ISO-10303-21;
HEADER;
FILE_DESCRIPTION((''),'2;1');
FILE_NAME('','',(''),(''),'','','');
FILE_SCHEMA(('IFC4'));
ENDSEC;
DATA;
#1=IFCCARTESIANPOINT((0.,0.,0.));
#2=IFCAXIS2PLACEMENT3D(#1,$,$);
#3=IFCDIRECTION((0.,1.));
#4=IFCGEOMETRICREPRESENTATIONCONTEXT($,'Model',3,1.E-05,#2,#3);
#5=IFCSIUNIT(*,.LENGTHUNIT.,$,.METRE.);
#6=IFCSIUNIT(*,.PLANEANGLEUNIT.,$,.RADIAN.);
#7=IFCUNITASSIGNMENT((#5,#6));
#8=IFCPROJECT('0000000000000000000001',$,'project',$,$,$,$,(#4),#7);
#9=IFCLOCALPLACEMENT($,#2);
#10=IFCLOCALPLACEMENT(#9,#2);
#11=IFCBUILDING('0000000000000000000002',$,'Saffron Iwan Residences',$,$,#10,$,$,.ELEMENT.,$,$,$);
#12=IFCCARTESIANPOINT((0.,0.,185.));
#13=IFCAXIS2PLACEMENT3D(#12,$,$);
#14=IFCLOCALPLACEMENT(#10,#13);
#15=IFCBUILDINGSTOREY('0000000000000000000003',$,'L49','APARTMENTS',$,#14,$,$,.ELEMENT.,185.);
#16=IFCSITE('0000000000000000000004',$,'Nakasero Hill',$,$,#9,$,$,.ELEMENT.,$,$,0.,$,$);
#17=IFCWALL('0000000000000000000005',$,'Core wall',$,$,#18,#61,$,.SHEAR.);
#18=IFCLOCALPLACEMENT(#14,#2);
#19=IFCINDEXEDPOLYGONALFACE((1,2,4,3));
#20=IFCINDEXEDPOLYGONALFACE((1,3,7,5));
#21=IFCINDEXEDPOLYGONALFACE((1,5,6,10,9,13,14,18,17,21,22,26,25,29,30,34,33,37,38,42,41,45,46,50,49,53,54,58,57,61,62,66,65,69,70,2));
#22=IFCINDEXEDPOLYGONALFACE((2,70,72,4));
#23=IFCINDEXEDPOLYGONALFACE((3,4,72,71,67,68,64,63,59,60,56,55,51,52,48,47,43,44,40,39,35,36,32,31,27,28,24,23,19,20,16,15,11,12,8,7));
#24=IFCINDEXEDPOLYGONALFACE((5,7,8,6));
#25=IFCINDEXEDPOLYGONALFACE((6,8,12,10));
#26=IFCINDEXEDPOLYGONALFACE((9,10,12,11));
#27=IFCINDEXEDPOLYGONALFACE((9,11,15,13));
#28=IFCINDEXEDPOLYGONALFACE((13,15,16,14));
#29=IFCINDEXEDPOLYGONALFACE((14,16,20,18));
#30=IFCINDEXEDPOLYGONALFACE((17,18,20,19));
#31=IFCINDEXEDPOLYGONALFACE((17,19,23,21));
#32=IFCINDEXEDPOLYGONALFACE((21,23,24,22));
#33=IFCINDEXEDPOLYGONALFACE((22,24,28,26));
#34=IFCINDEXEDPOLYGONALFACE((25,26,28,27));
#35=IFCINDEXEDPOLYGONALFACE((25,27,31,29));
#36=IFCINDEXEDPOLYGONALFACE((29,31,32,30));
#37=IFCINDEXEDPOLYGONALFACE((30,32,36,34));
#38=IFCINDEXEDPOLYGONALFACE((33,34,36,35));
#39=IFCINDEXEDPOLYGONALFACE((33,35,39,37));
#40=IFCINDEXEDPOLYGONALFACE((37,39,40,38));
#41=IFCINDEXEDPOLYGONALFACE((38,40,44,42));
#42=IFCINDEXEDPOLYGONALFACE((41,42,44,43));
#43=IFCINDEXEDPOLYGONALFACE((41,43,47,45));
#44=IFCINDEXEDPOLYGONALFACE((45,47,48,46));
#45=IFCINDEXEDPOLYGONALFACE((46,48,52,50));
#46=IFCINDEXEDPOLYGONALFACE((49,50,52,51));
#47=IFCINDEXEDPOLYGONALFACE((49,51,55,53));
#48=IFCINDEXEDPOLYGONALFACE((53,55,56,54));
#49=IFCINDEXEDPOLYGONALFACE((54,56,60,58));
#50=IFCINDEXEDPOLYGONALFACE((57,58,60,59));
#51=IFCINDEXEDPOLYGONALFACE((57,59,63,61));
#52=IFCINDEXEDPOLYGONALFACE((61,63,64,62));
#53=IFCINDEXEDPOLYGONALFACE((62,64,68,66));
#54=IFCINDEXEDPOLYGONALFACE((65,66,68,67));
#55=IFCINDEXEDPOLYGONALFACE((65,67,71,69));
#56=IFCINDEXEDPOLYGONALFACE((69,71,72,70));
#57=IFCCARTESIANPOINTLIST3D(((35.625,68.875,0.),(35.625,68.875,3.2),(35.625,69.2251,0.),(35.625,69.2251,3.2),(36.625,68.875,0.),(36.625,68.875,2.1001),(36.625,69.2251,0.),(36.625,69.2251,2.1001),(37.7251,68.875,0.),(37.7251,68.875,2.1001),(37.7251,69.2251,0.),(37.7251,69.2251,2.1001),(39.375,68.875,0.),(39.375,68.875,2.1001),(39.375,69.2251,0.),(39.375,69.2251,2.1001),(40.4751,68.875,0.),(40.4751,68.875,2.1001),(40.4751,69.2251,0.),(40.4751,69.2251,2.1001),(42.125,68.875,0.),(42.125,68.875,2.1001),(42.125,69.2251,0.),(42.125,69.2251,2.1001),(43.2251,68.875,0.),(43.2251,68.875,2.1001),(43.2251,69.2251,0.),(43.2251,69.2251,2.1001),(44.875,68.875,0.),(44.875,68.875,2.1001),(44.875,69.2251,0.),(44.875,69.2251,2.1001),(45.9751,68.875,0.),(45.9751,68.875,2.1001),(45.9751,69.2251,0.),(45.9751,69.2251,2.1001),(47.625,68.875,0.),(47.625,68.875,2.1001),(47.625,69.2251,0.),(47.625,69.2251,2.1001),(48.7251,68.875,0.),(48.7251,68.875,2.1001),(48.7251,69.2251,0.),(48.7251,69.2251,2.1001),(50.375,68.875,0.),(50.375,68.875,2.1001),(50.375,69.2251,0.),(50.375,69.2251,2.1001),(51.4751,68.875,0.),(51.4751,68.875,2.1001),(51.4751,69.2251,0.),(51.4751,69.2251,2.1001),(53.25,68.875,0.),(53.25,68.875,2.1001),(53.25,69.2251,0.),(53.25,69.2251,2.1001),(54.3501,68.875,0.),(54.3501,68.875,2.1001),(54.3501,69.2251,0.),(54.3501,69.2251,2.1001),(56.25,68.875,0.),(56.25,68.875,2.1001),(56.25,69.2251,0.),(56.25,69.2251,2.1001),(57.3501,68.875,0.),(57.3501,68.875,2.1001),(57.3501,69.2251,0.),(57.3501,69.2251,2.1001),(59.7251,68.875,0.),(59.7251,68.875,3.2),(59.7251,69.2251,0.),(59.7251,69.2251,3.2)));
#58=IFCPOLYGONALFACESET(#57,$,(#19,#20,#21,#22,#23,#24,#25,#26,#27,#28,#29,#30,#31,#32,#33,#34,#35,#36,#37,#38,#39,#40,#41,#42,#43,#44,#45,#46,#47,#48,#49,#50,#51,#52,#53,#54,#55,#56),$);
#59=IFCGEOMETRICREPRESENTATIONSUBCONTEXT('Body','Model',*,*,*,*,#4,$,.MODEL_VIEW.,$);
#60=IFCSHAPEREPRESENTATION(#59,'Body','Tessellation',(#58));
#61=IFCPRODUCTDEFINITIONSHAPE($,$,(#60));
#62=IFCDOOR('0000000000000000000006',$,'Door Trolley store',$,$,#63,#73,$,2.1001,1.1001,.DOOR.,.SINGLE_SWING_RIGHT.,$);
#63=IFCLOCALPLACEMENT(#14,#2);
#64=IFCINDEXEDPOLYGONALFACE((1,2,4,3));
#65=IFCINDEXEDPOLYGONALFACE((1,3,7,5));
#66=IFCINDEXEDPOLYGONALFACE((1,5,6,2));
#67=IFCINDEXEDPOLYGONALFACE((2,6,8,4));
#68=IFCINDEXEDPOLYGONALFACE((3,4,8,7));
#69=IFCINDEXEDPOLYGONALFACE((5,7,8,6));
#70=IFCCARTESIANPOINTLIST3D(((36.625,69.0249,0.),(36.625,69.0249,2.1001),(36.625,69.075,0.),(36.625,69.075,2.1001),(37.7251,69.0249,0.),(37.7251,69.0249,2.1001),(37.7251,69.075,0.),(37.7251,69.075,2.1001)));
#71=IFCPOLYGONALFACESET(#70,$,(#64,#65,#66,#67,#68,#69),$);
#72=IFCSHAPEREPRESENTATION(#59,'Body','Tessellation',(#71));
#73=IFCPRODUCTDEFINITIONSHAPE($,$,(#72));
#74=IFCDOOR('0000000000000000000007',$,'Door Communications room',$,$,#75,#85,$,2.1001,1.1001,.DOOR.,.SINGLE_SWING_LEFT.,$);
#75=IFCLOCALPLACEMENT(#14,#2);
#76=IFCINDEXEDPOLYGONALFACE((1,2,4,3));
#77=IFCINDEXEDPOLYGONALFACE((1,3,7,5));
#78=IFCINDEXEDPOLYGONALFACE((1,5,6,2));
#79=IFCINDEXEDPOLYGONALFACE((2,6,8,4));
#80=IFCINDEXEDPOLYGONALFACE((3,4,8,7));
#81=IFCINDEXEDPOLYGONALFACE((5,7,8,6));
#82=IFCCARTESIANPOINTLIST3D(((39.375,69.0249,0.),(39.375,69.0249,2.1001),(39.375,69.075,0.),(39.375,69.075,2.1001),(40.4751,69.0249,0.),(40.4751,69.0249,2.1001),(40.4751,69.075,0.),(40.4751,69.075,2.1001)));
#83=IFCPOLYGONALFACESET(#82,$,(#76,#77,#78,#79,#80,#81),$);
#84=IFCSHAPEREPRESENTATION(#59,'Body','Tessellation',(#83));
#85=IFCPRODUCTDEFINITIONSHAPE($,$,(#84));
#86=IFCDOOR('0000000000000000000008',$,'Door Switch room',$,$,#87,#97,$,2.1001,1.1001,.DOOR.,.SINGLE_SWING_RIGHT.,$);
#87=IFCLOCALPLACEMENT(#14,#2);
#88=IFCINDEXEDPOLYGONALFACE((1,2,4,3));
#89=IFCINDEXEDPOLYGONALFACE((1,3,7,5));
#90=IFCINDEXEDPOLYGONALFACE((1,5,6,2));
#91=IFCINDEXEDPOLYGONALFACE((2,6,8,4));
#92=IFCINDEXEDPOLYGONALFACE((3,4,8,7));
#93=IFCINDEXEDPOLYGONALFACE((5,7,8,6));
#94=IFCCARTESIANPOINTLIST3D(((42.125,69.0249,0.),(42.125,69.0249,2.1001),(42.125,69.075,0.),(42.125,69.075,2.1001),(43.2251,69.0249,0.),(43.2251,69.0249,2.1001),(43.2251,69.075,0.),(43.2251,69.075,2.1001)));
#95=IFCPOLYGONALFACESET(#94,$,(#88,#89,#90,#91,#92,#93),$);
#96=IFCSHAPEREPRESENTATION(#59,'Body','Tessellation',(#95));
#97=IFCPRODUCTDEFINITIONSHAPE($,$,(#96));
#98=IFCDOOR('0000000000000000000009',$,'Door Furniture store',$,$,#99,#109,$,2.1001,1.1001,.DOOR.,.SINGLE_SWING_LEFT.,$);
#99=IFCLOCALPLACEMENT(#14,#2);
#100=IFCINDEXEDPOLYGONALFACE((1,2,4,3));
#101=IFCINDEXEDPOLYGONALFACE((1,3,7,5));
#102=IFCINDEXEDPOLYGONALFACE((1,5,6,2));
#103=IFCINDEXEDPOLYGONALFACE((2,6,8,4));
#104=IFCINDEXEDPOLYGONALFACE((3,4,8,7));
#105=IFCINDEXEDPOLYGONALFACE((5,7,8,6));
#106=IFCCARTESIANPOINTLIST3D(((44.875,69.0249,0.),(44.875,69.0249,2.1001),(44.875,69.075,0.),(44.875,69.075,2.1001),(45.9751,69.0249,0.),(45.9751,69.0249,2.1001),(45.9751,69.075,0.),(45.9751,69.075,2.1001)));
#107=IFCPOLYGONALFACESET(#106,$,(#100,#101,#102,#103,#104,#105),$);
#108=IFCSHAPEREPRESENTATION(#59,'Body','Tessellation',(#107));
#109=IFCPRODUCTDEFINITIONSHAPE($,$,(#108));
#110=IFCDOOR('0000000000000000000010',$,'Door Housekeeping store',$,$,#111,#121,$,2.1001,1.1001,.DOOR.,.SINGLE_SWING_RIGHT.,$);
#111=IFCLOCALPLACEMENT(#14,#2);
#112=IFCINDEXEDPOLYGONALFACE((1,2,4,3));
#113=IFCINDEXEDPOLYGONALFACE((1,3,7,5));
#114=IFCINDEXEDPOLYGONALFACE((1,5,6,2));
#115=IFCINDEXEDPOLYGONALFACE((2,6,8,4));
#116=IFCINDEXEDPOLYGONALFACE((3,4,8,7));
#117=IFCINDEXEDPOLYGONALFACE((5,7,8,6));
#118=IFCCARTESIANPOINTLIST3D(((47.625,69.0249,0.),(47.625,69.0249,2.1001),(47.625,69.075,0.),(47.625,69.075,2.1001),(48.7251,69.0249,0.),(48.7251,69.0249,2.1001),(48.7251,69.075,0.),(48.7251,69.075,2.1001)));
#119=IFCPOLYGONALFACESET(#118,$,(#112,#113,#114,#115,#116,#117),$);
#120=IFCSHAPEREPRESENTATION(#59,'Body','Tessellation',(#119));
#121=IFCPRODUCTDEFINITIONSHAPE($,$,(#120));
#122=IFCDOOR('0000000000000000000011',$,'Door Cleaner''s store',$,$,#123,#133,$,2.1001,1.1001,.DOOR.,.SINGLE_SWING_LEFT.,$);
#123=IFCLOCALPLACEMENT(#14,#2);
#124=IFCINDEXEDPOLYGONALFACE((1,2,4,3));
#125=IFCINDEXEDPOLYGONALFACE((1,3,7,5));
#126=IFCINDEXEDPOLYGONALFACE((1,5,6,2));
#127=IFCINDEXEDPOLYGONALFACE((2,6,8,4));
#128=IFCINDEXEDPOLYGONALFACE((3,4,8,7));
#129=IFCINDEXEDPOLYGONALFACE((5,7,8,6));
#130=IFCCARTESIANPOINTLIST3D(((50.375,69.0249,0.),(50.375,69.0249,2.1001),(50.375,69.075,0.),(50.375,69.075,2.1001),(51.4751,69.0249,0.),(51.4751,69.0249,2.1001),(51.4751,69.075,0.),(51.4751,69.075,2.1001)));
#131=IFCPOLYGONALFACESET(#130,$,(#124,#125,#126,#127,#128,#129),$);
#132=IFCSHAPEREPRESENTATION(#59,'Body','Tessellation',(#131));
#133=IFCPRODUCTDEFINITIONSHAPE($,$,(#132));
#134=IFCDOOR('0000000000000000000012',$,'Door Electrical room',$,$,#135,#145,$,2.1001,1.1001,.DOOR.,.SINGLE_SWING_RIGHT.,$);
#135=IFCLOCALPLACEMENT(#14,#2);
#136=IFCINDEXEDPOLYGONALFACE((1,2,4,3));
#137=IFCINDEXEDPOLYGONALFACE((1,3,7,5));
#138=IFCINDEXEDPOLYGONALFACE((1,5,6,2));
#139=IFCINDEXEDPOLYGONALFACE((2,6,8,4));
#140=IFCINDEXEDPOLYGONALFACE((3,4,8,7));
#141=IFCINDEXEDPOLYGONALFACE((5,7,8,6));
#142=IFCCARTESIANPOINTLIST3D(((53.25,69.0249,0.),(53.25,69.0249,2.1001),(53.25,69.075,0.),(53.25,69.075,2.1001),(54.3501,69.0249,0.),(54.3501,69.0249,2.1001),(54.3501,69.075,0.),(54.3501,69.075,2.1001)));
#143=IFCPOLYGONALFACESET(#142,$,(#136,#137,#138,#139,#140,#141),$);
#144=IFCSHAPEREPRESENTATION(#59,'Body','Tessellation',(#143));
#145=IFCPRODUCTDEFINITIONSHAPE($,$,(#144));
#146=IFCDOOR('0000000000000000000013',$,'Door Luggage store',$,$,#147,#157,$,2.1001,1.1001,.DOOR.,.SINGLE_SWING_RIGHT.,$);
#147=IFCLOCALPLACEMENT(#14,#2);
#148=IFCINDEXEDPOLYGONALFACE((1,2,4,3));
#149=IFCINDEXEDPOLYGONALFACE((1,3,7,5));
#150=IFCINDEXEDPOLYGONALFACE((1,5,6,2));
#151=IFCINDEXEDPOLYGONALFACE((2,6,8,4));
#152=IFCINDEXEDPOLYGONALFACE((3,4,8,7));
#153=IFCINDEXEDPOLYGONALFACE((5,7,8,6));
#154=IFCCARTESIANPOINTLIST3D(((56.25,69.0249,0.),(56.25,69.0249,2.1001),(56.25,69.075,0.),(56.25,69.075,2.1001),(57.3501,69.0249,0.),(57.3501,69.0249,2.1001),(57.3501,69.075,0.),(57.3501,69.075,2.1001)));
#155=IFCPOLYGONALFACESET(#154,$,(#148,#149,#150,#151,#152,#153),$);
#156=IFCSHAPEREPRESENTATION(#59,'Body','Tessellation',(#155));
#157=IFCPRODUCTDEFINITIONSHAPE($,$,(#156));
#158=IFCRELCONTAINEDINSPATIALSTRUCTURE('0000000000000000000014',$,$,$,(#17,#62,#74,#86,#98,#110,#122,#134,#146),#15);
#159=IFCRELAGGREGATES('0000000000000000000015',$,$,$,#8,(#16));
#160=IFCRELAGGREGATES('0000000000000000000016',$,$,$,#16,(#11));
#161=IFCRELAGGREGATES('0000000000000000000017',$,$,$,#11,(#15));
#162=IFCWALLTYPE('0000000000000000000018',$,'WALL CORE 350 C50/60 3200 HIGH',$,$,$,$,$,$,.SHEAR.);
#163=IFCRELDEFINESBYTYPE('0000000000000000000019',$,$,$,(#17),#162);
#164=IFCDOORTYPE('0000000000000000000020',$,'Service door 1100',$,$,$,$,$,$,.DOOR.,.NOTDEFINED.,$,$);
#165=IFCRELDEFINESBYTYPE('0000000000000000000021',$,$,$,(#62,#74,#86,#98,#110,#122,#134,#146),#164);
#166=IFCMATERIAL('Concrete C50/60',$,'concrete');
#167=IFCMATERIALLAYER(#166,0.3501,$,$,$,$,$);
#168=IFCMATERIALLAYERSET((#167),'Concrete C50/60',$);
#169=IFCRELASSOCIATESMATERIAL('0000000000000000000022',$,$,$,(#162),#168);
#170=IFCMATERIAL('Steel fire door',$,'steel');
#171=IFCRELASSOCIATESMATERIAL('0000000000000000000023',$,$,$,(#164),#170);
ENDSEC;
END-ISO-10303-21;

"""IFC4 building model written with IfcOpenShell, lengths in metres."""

from ifc_helpers import new_model, si_unit, direction, frame, frame_2d, origin, place, context, subcontext, project, spatial, rectangle, extrude, material, layer, layer_set, type_object, element, fill, save


model = new_model("IFC4")

# Units and contexts
model_context = context("Model", 3, precision=1e-05, world=origin(), true_north=direction((0.0, 1.0)))
body_context = subcontext(model_context, "Body", "Model", "MODEL_VIEW")
ifc_project = project(units=[si_unit("LENGTHUNIT", "METRE"), si_unit("PLANEANGLEUNIT", "RADIAN")], contexts=[model_context])

# Site, building, storey
site_placement = place(None, origin())
site = spatial("IfcSite", under=ifc_project, at=site_placement, Name="Nakasero Hill", CompositionType="ELEMENT", RefElevation=0.0)
building_placement = place(site_placement, origin())
building = spatial("IfcBuilding", under=site, at=building_placement, Name="Saffron Iwan Residences", CompositionType="ELEMENT")
storey_placement = place(building_placement, frame((0.0, 0.0, 185.0)))
storey = spatial("IfcBuildingStorey", under=building, at=storey_placement, Name="L49", Description="APARTMENTS", CompositionType="ELEMENT", Elevation=185.0)

# Shared definitions
ifc_material_1 = material(Name="Concrete C50/60", Category="concrete")

# Shared definitions
ifc_material_2 = material(Name="Steel fire door", Category="steel")

# Wall, openings, doors
ifc_layer_1 = layer(ifc_material_1, 0.3501)
ifc_layer_set_1 = layer_set([ifc_layer_1], Name="Concrete C50/60")
wall_type_1 = type_object("IfcWallType", Name="WALL CORE 350 C50/60 3200 HIGH", PredefinedType="SHEAR", material=ifc_layer_set_1)
wall_1_placement = place(storey_placement, frame((35.625, 69.05, 0.0), z_axis=(0.0, 0.0, 1.0), x_axis=(1.0, 0.0, 0.0)))
wall_1 = element("IfcWall", 1, at=wall_1_placement, inside=storey, type_object=wall_type_1, Name="Core wall", PredefinedType="SHEAR", context=body_context, shape_type="SweptSolid", body=[
    extrude(rectangle(XDim=24.1001, YDim=0.3501, at=frame_2d((12.05, 0.0))), origin(), (0.0, 0.0, 1.0), 3.2),
])
opening_1_placement = place(wall_1_placement, frame((1.0, 0.0, 0.0)))
opening_1 = element("IfcOpeningElement", 2, at=opening_1_placement, cuts=wall_1, PredefinedType="OPENING", context=body_context, shape_type="SweptSolid", body=[
    extrude(rectangle(XDim=1.1001, YDim=2.1001, at=frame_2d((0.55, 1.05))), frame((0.0, 0.1851, 0.0), z_axis=(0.0, -1.0, 0.0), x_axis=(1.0, 0.0, 0.0)), (0.0, 0.0, 1.0), 0.3701),
])
opening_2_placement = place(wall_1_placement, frame((3.75, 0.0, 0.0)))
opening_2 = element("IfcOpeningElement", 3, at=opening_2_placement, cuts=wall_1, PredefinedType="OPENING", context=body_context, shape_type="SweptSolid", body=[
    extrude(rectangle(XDim=1.1001, YDim=2.1001, at=frame_2d((0.55, 1.05))), frame((0.0, 0.1851, 0.0), z_axis=(0.0, -1.0, 0.0), x_axis=(1.0, 0.0, 0.0)), (0.0, 0.0, 1.0), 0.3701),
])
opening_3_placement = place(wall_1_placement, frame((6.5, 0.0, 0.0)))
opening_3 = element("IfcOpeningElement", 4, at=opening_3_placement, cuts=wall_1, PredefinedType="OPENING", context=body_context, shape_type="SweptSolid", body=[
    extrude(rectangle(XDim=1.1001, YDim=2.1001, at=frame_2d((0.55, 1.05))), frame((0.0, 0.1851, 0.0), z_axis=(0.0, -1.0, 0.0), x_axis=(1.0, 0.0, 0.0)), (0.0, 0.0, 1.0), 0.3701),
])
opening_4_placement = place(wall_1_placement, frame((9.25, 0.0, 0.0)))
opening_4 = element("IfcOpeningElement", 5, at=opening_4_placement, cuts=wall_1, PredefinedType="OPENING", context=body_context, shape_type="SweptSolid", body=[
    extrude(rectangle(XDim=1.1001, YDim=2.1001, at=frame_2d((0.55, 1.05))), frame((0.0, 0.1851, 0.0), z_axis=(0.0, -1.0, 0.0), x_axis=(1.0, 0.0, 0.0)), (0.0, 0.0, 1.0), 0.3701),
])
opening_5_placement = place(wall_1_placement, frame((12.0, 0.0, 0.0)))
opening_5 = element("IfcOpeningElement", 6, at=opening_5_placement, cuts=wall_1, PredefinedType="OPENING", context=body_context, shape_type="SweptSolid", body=[
    extrude(rectangle(XDim=1.1001, YDim=2.1001, at=frame_2d((0.55, 1.05))), frame((0.0, 0.1851, 0.0), z_axis=(0.0, -1.0, 0.0), x_axis=(1.0, 0.0, 0.0)), (0.0, 0.0, 1.0), 0.3701),
])
opening_6_placement = place(wall_1_placement, frame((14.75, 0.0, 0.0)))
opening_6 = element("IfcOpeningElement", 7, at=opening_6_placement, cuts=wall_1, PredefinedType="OPENING", context=body_context, shape_type="SweptSolid", body=[
    extrude(rectangle(XDim=1.1001, YDim=2.1001, at=frame_2d((0.55, 1.05))), frame((0.0, 0.1851, 0.0), z_axis=(0.0, -1.0, 0.0), x_axis=(1.0, 0.0, 0.0)), (0.0, 0.0, 1.0), 0.3701),
])
opening_7_placement = place(wall_1_placement, frame((17.625, 0.0, 0.0)))
opening_7 = element("IfcOpeningElement", 8, at=opening_7_placement, cuts=wall_1, PredefinedType="OPENING", context=body_context, shape_type="SweptSolid", body=[
    extrude(rectangle(XDim=1.1001, YDim=2.1001, at=frame_2d((0.55, 1.05))), frame((0.0, 0.1851, 0.0), z_axis=(0.0, -1.0, 0.0), x_axis=(1.0, 0.0, 0.0)), (0.0, 0.0, 1.0), 0.3701),
])
opening_8_placement = place(wall_1_placement, frame((20.625, 0.0, 0.0)))
opening_8 = element("IfcOpeningElement", 9, at=opening_8_placement, cuts=wall_1, PredefinedType="OPENING", context=body_context, shape_type="SweptSolid", body=[
    extrude(rectangle(XDim=1.1001, YDim=2.1001, at=frame_2d((0.55, 1.05))), frame((0.0, 0.1851, 0.0), z_axis=(0.0, -1.0, 0.0), x_axis=(1.0, 0.0, 0.0)), (0.0, 0.0, 1.0), 0.3701),
])
door_type_1 = type_object("IfcDoorType", Name="Service door 1100", OperationType="NOTDEFINED", PredefinedType="DOOR", material=ifc_material_2)
door_1_placement = place(opening_1_placement, origin())
door_1 = element("IfcDoor", 10, at=door_1_placement, inside=storey, type_object=door_type_1, Name="Door Trolley store", OperationType="SINGLE_SWING_RIGHT", OverallHeight=2.1001, OverallWidth=1.1001, PredefinedType="DOOR", context=body_context, shape_type="SweptSolid", body=[
    extrude(rectangle(XDim=1.1001, YDim=2.1001, at=frame_2d((0.55, 1.05))), frame((0.0, 0.0249, 0.0), z_axis=(0.0, -1.0, 0.0), x_axis=(1.0, 0.0, 0.0)), (0.0, 0.0, 1.0), 0.05),
])
fill(opening_1, door_1)
door_2_placement = place(opening_2_placement, origin())
door_2 = element("IfcDoor", 11, at=door_2_placement, inside=storey, type_object=door_type_1, Name="Door Communications room", OperationType="SINGLE_SWING_LEFT", OverallHeight=2.1001, OverallWidth=1.1001, PredefinedType="DOOR", context=body_context, shape_type="SweptSolid", body=[
    extrude(rectangle(XDim=1.1001, YDim=2.1001, at=frame_2d((0.55, 1.05))), frame((0.0, 0.0249, 0.0), z_axis=(0.0, -1.0, 0.0), x_axis=(1.0, 0.0, 0.0)), (0.0, 0.0, 1.0), 0.05),
])
fill(opening_2, door_2)
door_3_placement = place(opening_3_placement, origin())
door_3 = element("IfcDoor", 12, at=door_3_placement, inside=storey, type_object=door_type_1, Name="Door Switch room", OperationType="SINGLE_SWING_RIGHT", OverallHeight=2.1001, OverallWidth=1.1001, PredefinedType="DOOR", context=body_context, shape_type="SweptSolid", body=[
    extrude(rectangle(XDim=1.1001, YDim=2.1001, at=frame_2d((0.55, 1.05))), frame((0.0, 0.0249, 0.0), z_axis=(0.0, -1.0, 0.0), x_axis=(1.0, 0.0, 0.0)), (0.0, 0.0, 1.0), 0.05),
])
fill(opening_3, door_3)
door_4_placement = place(opening_4_placement, origin())
door_4 = element("IfcDoor", 13, at=door_4_placement, inside=storey, type_object=door_type_1, Name="Door Furniture store", OperationType="SINGLE_SWING_LEFT", OverallHeight=2.1001, OverallWidth=1.1001, PredefinedType="DOOR", context=body_context, shape_type="SweptSolid", body=[
    extrude(rectangle(XDim=1.1001, YDim=2.1001, at=frame_2d((0.55, 1.05))), frame((0.0, 0.0249, 0.0), z_axis=(0.0, -1.0, 0.0), x_axis=(1.0, 0.0, 0.0)), (0.0, 0.0, 1.0), 0.05),
])
fill(opening_4, door_4)
door_5_placement = place(opening_5_placement, origin())
door_5 = element("IfcDoor", 14, at=door_5_placement, inside=storey, type_object=door_type_1, Name="Door Housekeeping store", OperationType="SINGLE_SWING_RIGHT", OverallHeight=2.1001, OverallWidth=1.1001, PredefinedType="DOOR", context=body_context, shape_type="SweptSolid", body=[
    extrude(rectangle(XDim=1.1001, YDim=2.1001, at=frame_2d((0.55, 1.05))), frame((0.0, 0.0249, 0.0), z_axis=(0.0, -1.0, 0.0), x_axis=(1.0, 0.0, 0.0)), (0.0, 0.0, 1.0), 0.05),
])
fill(opening_5, door_5)
door_6_placement = place(opening_6_placement, origin())
door_6 = element("IfcDoor", 15, at=door_6_placement, inside=storey, type_object=door_type_1, Name="Door Cleaner's store", OperationType="SINGLE_SWING_LEFT", OverallHeight=2.1001, OverallWidth=1.1001, PredefinedType="DOOR", context=body_context, shape_type="SweptSolid", body=[
    extrude(rectangle(XDim=1.1001, YDim=2.1001, at=frame_2d((0.55, 1.05))), frame((0.0, 0.0249, 0.0), z_axis=(0.0, -1.0, 0.0), x_axis=(1.0, 0.0, 0.0)), (0.0, 0.0, 1.0), 0.05),
])
fill(opening_6, door_6)
door_7_placement = place(opening_7_placement, origin())
door_7 = element("IfcDoor", 16, at=door_7_placement, inside=storey, type_object=door_type_1, Name="Door Electrical room", OperationType="SINGLE_SWING_RIGHT", OverallHeight=2.1001, OverallWidth=1.1001, PredefinedType="DOOR", context=body_context, shape_type="SweptSolid", body=[
    extrude(rectangle(XDim=1.1001, YDim=2.1001, at=frame_2d((0.55, 1.05))), frame((0.0, 0.0249, 0.0), z_axis=(0.0, -1.0, 0.0), x_axis=(1.0, 0.0, 0.0)), (0.0, 0.0, 1.0), 0.05),
])
fill(opening_7, door_7)
door_8_placement = place(opening_8_placement, origin())
door_8 = element("IfcDoor", 17, at=door_8_placement, inside=storey, type_object=door_type_1, Name="Door Luggage store", OperationType="SINGLE_SWING_RIGHT", OverallHeight=2.1001, OverallWidth=1.1001, PredefinedType="DOOR", context=body_context, shape_type="SweptSolid", body=[
    extrude(rectangle(XDim=1.1001, YDim=2.1001, at=frame_2d((0.55, 1.05))), frame((0.0, 0.0249, 0.0), z_axis=(0.0, -1.0, 0.0), x_axis=(1.0, 0.0, 0.0)), (0.0, 0.0, 1.0), 0.05),
])
fill(opening_8, door_8)

save(model, "model.ifc")
